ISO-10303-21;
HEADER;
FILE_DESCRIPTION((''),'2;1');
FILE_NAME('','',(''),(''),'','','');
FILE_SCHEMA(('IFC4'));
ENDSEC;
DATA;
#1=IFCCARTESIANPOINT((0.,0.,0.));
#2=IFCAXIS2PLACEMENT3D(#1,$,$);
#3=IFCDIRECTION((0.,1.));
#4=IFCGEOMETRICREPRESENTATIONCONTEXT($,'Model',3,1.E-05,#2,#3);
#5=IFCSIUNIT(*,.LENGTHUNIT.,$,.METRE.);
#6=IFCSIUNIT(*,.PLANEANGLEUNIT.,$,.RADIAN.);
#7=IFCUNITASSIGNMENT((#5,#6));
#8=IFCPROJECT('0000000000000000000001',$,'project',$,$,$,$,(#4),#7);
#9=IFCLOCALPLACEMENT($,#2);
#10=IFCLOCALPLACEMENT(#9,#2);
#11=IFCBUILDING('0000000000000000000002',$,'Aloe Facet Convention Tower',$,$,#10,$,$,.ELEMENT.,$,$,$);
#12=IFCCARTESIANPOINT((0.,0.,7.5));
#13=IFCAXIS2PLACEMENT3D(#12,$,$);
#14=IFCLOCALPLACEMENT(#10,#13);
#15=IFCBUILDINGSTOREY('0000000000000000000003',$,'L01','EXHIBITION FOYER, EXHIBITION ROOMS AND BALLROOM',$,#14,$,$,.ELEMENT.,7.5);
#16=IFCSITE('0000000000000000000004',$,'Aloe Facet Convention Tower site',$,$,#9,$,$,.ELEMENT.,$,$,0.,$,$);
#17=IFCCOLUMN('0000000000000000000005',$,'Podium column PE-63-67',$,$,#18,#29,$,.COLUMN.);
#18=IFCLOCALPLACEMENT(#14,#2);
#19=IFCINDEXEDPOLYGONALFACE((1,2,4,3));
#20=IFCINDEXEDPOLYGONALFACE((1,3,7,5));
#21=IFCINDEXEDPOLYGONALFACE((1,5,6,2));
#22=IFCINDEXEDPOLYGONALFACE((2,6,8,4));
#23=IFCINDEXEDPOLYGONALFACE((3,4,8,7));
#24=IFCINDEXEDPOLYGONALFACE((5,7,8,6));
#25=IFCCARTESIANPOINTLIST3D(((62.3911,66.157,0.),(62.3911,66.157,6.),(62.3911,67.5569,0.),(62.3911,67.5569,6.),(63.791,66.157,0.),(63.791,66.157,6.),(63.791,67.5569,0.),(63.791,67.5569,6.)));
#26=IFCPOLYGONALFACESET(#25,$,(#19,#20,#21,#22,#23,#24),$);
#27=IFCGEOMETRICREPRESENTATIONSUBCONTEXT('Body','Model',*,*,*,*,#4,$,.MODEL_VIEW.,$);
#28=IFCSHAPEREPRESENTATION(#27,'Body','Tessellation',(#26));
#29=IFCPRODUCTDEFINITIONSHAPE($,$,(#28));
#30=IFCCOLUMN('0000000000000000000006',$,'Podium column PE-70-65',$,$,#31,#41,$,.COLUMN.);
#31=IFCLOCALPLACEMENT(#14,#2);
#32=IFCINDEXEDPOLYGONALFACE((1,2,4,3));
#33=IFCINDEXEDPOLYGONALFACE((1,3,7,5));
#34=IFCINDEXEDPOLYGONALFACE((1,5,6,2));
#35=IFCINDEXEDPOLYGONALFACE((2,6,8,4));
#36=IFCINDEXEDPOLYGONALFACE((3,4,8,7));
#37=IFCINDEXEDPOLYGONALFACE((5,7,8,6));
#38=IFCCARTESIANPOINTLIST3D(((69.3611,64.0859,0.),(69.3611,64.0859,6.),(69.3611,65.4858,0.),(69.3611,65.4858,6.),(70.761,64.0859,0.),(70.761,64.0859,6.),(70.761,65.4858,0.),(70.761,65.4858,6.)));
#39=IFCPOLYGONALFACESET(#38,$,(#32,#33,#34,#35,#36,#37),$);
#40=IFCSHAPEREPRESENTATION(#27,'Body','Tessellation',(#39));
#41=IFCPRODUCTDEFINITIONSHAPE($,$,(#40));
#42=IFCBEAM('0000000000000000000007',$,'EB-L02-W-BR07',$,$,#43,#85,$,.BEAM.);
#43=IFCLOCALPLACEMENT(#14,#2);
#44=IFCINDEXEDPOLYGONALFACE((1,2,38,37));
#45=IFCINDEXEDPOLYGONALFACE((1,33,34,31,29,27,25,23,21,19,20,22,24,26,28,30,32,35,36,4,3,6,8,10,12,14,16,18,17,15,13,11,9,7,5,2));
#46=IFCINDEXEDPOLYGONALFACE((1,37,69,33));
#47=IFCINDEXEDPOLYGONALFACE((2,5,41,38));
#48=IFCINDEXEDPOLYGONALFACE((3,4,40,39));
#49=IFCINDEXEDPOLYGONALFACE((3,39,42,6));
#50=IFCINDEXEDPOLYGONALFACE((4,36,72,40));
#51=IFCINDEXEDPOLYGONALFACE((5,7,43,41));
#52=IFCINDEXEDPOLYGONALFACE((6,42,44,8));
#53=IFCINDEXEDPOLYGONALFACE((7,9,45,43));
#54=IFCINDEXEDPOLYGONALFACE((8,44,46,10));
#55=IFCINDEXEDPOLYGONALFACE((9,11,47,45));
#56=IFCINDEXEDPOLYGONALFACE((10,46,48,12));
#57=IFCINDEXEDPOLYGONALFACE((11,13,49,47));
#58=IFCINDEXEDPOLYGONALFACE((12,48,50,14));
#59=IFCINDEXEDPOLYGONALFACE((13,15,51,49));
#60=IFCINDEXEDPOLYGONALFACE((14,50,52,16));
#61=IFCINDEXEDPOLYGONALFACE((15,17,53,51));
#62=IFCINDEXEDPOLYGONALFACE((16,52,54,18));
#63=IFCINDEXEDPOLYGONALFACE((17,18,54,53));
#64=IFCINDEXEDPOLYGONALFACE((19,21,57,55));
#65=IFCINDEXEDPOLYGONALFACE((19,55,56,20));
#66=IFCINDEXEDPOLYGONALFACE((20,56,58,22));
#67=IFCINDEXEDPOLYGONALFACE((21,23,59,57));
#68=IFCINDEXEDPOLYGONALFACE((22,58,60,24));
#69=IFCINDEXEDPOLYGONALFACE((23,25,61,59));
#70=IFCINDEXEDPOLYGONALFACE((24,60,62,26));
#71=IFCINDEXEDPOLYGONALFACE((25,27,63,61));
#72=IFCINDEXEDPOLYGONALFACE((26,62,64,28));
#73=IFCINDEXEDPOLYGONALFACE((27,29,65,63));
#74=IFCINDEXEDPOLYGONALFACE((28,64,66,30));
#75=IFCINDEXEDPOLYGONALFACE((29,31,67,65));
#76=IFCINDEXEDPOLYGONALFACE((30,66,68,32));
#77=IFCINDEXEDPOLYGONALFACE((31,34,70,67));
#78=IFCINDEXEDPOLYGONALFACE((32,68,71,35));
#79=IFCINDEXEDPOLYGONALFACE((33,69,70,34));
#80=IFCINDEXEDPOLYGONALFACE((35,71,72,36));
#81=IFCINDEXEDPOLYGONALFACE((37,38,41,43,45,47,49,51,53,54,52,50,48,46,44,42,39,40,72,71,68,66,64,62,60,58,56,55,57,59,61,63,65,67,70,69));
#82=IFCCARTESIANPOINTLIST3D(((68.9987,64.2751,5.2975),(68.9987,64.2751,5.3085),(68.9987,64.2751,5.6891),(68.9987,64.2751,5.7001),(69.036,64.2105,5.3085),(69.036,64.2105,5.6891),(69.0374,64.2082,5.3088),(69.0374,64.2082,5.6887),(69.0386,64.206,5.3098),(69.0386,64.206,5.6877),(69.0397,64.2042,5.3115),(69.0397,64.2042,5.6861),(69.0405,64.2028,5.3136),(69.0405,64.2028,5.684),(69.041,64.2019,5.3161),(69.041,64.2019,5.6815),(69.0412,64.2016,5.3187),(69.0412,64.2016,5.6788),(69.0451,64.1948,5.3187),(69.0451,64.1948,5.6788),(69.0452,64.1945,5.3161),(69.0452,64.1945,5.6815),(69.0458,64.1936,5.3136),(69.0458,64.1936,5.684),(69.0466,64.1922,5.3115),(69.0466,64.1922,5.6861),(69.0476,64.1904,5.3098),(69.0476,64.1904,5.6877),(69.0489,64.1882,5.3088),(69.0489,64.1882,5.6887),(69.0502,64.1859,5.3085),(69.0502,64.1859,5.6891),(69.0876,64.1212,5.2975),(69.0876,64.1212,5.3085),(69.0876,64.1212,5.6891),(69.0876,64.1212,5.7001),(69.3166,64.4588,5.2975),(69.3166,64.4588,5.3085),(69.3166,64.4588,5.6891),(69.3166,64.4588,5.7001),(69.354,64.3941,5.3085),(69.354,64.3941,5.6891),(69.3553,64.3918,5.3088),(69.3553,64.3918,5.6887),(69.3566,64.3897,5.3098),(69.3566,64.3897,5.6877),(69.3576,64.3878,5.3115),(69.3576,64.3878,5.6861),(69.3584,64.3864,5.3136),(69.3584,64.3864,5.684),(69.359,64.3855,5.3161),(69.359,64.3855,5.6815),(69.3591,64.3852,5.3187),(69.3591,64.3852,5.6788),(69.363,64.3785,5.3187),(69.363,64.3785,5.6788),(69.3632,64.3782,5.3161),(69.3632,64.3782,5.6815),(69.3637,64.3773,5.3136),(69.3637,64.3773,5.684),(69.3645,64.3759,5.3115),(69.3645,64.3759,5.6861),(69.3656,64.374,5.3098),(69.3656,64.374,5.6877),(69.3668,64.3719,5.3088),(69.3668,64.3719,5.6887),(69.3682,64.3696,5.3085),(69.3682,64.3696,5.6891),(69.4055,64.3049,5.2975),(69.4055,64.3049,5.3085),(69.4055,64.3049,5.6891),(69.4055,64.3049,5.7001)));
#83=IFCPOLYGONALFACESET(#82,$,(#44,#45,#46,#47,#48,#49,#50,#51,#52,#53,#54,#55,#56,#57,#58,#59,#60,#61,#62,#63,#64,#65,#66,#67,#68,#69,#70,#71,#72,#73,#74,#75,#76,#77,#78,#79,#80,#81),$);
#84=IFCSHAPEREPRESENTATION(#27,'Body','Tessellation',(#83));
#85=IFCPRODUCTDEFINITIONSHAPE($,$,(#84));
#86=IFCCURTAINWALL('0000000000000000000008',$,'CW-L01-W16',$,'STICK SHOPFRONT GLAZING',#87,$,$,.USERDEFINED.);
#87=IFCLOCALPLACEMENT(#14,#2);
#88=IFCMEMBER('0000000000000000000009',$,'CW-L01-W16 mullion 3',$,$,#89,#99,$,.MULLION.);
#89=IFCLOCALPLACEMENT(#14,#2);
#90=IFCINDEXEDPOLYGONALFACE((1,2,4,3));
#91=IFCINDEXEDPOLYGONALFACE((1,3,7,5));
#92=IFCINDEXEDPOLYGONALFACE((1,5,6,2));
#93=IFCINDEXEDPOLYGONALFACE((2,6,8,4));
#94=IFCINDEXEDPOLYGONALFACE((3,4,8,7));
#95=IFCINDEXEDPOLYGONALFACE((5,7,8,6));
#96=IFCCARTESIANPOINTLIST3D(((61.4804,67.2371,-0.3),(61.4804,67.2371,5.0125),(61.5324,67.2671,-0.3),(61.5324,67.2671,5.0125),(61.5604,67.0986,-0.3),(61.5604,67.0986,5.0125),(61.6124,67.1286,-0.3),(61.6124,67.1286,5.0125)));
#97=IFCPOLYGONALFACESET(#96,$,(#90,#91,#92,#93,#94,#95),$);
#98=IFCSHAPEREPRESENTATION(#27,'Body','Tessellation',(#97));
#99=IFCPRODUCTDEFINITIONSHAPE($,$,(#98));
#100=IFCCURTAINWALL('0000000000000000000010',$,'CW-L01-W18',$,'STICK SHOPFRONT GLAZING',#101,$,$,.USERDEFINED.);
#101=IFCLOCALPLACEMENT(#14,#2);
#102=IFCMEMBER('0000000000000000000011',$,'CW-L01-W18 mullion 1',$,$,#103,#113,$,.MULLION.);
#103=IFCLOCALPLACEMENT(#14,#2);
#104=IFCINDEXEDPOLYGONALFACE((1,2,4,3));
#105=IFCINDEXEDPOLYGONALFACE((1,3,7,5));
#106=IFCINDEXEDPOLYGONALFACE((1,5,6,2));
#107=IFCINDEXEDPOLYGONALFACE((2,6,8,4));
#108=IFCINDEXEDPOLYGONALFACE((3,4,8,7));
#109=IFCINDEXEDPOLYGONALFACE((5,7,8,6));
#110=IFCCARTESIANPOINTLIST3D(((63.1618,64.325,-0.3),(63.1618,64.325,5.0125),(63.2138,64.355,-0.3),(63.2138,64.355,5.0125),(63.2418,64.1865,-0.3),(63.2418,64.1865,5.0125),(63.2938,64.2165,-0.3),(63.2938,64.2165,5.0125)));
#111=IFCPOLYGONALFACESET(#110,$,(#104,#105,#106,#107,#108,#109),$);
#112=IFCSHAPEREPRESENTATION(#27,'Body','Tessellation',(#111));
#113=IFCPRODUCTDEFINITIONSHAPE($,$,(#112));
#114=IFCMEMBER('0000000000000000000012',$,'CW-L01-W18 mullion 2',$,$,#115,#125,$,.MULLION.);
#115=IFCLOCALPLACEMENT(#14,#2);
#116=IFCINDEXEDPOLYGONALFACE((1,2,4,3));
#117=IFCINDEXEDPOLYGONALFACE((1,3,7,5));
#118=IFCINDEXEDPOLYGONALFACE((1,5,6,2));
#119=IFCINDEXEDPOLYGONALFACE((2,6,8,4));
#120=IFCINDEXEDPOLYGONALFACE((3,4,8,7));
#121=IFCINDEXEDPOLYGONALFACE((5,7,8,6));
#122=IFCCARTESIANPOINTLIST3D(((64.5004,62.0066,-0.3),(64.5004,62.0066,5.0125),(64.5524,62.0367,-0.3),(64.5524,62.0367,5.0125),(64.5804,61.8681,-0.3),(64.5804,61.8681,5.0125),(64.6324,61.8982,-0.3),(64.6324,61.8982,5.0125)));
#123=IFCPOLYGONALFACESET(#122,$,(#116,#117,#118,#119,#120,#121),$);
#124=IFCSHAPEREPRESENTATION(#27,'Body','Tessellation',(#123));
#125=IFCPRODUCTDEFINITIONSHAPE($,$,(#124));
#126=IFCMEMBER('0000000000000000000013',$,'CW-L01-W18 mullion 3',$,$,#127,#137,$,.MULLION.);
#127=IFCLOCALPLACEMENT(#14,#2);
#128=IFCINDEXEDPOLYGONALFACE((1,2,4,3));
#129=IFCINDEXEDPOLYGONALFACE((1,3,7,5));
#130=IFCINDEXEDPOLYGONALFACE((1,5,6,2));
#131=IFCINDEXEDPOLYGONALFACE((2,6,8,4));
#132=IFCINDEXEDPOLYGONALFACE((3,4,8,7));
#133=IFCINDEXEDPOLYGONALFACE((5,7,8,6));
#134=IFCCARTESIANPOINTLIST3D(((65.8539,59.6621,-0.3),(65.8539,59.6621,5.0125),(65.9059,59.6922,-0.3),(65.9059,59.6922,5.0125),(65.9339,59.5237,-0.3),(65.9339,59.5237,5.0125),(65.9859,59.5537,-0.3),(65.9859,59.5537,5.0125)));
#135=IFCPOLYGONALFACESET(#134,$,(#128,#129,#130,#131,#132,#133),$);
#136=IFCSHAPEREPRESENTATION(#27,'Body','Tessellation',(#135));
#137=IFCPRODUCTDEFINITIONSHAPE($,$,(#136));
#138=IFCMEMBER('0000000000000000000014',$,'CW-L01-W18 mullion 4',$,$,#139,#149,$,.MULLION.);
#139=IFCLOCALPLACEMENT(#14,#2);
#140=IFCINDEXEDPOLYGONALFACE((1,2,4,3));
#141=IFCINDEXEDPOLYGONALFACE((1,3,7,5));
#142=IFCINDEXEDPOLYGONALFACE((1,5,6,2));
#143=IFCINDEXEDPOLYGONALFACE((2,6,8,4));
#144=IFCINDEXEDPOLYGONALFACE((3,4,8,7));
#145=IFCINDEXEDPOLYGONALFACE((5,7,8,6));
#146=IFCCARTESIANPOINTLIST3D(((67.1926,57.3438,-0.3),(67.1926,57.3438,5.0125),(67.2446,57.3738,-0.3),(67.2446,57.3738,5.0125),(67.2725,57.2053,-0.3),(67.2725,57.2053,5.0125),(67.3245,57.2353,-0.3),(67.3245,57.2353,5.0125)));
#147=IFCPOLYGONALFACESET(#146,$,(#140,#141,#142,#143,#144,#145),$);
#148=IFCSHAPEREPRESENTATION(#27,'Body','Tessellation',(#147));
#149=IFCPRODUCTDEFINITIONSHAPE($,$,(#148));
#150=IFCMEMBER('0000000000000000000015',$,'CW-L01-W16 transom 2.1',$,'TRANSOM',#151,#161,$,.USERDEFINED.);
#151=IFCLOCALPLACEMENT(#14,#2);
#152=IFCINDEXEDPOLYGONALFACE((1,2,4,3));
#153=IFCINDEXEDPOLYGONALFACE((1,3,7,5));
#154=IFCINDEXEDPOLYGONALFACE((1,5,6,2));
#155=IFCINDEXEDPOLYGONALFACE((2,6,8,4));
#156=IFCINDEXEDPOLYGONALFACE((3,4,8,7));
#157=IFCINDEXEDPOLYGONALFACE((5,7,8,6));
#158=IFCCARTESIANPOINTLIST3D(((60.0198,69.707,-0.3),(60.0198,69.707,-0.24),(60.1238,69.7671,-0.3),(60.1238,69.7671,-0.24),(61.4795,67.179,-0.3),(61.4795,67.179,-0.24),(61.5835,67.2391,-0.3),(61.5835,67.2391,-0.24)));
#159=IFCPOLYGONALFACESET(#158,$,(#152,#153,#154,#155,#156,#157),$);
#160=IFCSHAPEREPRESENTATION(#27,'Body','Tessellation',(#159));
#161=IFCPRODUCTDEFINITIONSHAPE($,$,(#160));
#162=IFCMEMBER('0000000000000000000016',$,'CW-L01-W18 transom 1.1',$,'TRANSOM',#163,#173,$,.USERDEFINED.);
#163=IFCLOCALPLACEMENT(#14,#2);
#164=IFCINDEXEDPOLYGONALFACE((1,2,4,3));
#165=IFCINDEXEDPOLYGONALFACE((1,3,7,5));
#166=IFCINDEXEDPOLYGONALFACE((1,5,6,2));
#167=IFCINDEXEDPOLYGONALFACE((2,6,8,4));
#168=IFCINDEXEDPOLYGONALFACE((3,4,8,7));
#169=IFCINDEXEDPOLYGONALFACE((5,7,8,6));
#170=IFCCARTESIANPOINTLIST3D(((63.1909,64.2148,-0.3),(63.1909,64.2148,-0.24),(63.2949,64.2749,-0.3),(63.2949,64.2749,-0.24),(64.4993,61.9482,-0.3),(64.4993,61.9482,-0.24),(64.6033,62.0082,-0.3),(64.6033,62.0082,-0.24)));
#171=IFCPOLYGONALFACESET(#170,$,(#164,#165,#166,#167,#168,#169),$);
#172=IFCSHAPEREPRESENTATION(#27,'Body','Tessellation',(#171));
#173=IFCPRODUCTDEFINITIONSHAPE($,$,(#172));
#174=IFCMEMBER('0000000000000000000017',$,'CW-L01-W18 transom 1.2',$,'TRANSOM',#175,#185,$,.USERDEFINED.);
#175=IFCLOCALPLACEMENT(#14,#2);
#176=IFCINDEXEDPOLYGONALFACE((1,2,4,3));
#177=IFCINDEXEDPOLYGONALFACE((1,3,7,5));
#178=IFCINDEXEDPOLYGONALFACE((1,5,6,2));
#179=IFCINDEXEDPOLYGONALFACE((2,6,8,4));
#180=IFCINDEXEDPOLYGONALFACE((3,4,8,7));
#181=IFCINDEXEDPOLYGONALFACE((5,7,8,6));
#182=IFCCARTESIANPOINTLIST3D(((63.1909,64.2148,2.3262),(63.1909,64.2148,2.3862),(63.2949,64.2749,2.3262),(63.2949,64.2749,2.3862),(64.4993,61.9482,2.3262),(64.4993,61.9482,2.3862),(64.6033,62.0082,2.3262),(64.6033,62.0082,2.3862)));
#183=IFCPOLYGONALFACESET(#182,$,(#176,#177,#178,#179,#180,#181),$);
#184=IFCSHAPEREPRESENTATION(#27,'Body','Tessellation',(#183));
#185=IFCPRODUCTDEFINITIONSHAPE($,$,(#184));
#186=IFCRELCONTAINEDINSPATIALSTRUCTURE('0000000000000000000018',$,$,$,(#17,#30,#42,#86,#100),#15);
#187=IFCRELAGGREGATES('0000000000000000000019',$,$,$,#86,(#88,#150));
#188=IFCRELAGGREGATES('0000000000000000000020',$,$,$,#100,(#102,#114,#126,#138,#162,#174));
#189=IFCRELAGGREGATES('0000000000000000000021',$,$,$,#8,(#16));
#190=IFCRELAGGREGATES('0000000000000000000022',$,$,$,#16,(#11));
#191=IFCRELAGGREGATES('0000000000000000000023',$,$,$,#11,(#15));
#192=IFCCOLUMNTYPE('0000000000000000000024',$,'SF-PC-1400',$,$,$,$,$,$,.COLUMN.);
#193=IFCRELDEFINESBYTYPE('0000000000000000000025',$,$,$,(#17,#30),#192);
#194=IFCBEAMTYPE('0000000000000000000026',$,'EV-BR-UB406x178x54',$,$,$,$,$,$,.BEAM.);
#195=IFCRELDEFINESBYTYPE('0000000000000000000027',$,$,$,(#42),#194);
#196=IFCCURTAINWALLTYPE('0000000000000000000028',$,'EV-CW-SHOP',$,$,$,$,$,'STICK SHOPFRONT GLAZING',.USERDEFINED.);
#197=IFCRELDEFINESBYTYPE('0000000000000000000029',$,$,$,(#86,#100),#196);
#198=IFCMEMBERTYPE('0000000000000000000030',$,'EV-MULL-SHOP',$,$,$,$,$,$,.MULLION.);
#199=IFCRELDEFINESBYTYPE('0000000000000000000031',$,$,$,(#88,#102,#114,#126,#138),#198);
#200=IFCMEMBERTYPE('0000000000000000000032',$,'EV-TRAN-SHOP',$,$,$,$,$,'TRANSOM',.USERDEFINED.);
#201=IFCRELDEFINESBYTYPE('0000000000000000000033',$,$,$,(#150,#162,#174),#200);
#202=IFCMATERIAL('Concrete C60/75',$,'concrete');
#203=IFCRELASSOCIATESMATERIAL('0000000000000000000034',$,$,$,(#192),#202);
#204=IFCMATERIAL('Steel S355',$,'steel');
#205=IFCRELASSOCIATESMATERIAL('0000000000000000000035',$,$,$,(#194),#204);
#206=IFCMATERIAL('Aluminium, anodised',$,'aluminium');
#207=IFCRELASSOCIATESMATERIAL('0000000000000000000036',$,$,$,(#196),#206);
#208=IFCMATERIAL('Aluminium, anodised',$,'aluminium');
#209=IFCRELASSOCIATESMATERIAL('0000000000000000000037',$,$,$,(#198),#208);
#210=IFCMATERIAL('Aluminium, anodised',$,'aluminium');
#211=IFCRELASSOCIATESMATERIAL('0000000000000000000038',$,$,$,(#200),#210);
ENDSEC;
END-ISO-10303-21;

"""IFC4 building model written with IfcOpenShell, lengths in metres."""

from ifc_helpers import new_model, si_unit, direction, frame, origin, origin_2d, place, context, subcontext, project, spatial, rectangle, i_section, extrude, material, material_profile, profile_set, type_object, element, aggregate, save


model = new_model("IFC4")

# Units and contexts
model_context = context("Model", 3, precision=1e-05, world=origin(), true_north=direction((0.0, 1.0)))
body_context = subcontext(model_context, "Body", "Model", "MODEL_VIEW")
ifc_project = project(units=[si_unit("LENGTHUNIT", "METRE"), si_unit("PLANEANGLEUNIT", "RADIAN")], contexts=[model_context])

# Site, building, storey
site_placement = place(None, origin())
site = spatial("IfcSite", under=ifc_project, at=site_placement, Name="Aloe Facet Convention Tower site", CompositionType="ELEMENT", RefElevation=0.0)
building_placement = place(site_placement, origin())
building = spatial("IfcBuilding", under=site, at=building_placement, Name="Aloe Facet Convention Tower", CompositionType="ELEMENT")
storey_placement = place(building_placement, frame((0.0, 0.0, 7.5)))
storey = spatial("IfcBuildingStorey", under=building, at=storey_placement, Name="L01", Description="EXHIBITION FOYER, EXHIBITION ROOMS AND BALLROOM", CompositionType="ELEMENT", Elevation=7.5)

# Columns
ifc_material_1 = material(Name="Concrete C60/75", Category="concrete")
ifc_material_profile_1 = material_profile(ifc_material_1, rectangle(XDim=1.3999, YDim=1.3999, at=origin_2d()), Name="SF-PC-1400")
ifc_profile_set_1 = profile_set([ifc_material_profile_1], Name="Concrete C60/75")
column_type = type_object("IfcColumnType", Name="SF-PC-1400", PredefinedType="COLUMN", material=ifc_profile_set_1)
for number, where, z_axis, x_axis, name in (
    (1, (63.0911, 66.8569, 0.0), (0.0, 0.0, 1.0), (1.0, 0.0, 0.0), "Podium column PE-63-67"),
    (2, (70.061, 64.7859, 0.0), (0.0, 0.0, 1.0), (1.0, 0.0, 0.0), "Podium column PE-70-65"),
):
    element("IfcColumn", number, at=place(storey_placement, frame(where, z_axis=z_axis, x_axis=x_axis)), inside=storey, type_object=column_type, Name=name, PredefinedType="COLUMN", context=body_context, shape_type="SweptSolid", body=[
        extrude(rectangle(XDim=1.3999, YDim=1.3999, at=origin_2d()), origin(), (0.0, 0.0, 1.0), 6.0),
    ])

# Beam
ifc_material_2 = material(Name="Steel S355", Category="steel")
ifc_material_profile_2 = material_profile(ifc_material_2, i_section(OverallWidth=0.1777, OverallDepth=0.4026, WebThickness=0.0078, FlangeThickness=0.011, FilletRadius=0.0103, at=origin_2d()), Name="UB 406x178x54")
ifc_profile_set_2 = profile_set([ifc_material_profile_2], Name="Steel S355")
beam_type_1 = type_object("IfcBeamType", Name="EV-BR-UB406x178x54", PredefinedType="BEAM", material=ifc_profile_set_2)
beam_1_placement = place(storey_placement, frame((69.3611, 64.3818, 5.4988), z_axis=(-0.865942, -0.500145, 0.0), x_axis=(0.500145, -0.865942, 0.0)))
element("IfcBeam", 3, at=beam_1_placement, inside=storey, type_object=beam_type_1, Name="EB-L02-W-BR07", PredefinedType="BEAM", context=body_context, shape_type="SweptSolid", body=[
    extrude(i_section(OverallWidth=0.1777, OverallDepth=0.4026, WebThickness=0.0078, FlangeThickness=0.011, FilletRadius=0.0103, at=origin_2d()), origin(), (0.0, 0.0, 1.0), 0.3672),
])

# Curtain wall, member
ifc_material_3 = material(Name="Aluminium, anodised", Category="aluminium")
curtain_wall_type = type_object("IfcCurtainWallType", Name="EV-CW-SHOP", ElementType="STICK SHOPFRONT GLAZING", PredefinedType="USERDEFINED", material=ifc_material_3)
curtain_wall_1_placement = place(storey_placement, origin())
curtain_wall_1 = element("IfcCurtainWall", 4, at=curtain_wall_1_placement, inside=storey, type_object=curtain_wall_type, Name="CW-L01-W16", ObjectType="STICK SHOPFRONT GLAZING", PredefinedType="USERDEFINED")
ifc_material_4 = material(Name="Aluminium, anodised", Category="aluminium")
ifc_material_profile_3 = material_profile(ifc_material_4, rectangle(XDim=0.0601, YDim=0.1599, at=origin_2d()), Name="AL 60x160")
ifc_profile_set_3 = profile_set([ifc_material_profile_3], Name="Aluminium, anodised")
member_type_1 = type_object("IfcMemberType", Name="EV-MULL-SHOP", PredefinedType="MULLION", material=ifc_profile_set_3)
member_1_placement = place(storey_placement, frame((61.5464, 67.1829, -0.3), z_axis=(0.0, 0.0, 1.0), x_axis=(0.866025, 0.5, 0.0)))
member_1 = element("IfcMember", 5, at=member_1_placement, type_object=member_type_1, Name="CW-L01-W16 mullion 3", PredefinedType="MULLION", context=body_context, shape_type="SweptSolid", body=[
    extrude(rectangle(XDim=0.0601, YDim=0.1599, at=origin_2d()), origin(), (0.0, 0.0, 1.0), 5.3125),
])

# Curtain wall, members
curtain_wall_2_placement = place(storey_placement, origin())
curtain_wall_2 = element("IfcCurtainWall", 6, at=curtain_wall_2_placement, inside=storey, type_object=curtain_wall_type, Name="CW-L01-W18", ObjectType="STICK SHOPFRONT GLAZING", PredefinedType="USERDEFINED")
member_2_placement = place(storey_placement, frame((63.2278, 64.2708, -0.3), z_axis=(0.0, 0.0, 1.0), x_axis=(0.866025, 0.5, 0.0)))
member_2 = element("IfcMember", 7, at=member_2_placement, type_object=member_type_1, Name="CW-L01-W18 mullion 1", PredefinedType="MULLION", context=body_context, shape_type="SweptSolid", body=[
    extrude(rectangle(XDim=0.0601, YDim=0.1599, at=origin_2d()), origin(), (0.0, 0.0, 1.0), 5.3125),
])
member_3_placement = place(storey_placement, frame((64.5664, 61.9524, -0.3), z_axis=(0.0, 0.0, 1.0), x_axis=(0.866025, 0.5, 0.0)))
member_3 = element("IfcMember", 8, at=member_3_placement, type_object=member_type_1, Name="CW-L01-W18 mullion 2", PredefinedType="MULLION", context=body_context, shape_type="SweptSolid", body=[
    extrude(rectangle(XDim=0.0601, YDim=0.1599, at=origin_2d()), origin(), (0.0, 0.0, 1.0), 5.3125),
])
member_4_placement = place(storey_placement, frame((65.9199, 59.6079, -0.3), z_axis=(0.0, 0.0, 1.0), x_axis=(0.866025, 0.5, 0.0)))
member_4 = element("IfcMember", 9, at=member_4_placement, type_object=member_type_1, Name="CW-L01-W18 mullion 3", PredefinedType="MULLION", context=body_context, shape_type="SweptSolid", body=[
    extrude(rectangle(XDim=0.0601, YDim=0.1599, at=origin_2d()), origin(), (0.0, 0.0, 1.0), 5.3125),
])
member_5_placement = place(storey_placement, frame((67.2585, 57.2896, -0.3), z_axis=(0.0, 0.0, 1.0), x_axis=(0.866025, 0.5, 0.0)))
member_5 = element("IfcMember", 10, at=member_5_placement, type_object=member_type_1, Name="CW-L01-W18 mullion 4", PredefinedType="MULLION", context=body_context, shape_type="SweptSolid", body=[
    extrude(rectangle(XDim=0.0601, YDim=0.1599, at=origin_2d()), origin(), (0.0, 0.0, 1.0), 5.3125),
])

# Members
ifc_material_5 = material(Name="Aluminium, anodised", Category="aluminium")
ifc_material_profile_4 = material_profile(ifc_material_5, rectangle(XDim=0.1201, YDim=0.0601, at=origin_2d()), Name="AL 120x60")
ifc_profile_set_4 = profile_set([ifc_material_profile_4], Name="Aluminium, anodised")
member_type_2 = type_object("IfcMemberType", Name="EV-TRAN-SHOP", ElementType="TRANSOM", PredefinedType="USERDEFINED", material=ifc_profile_set_4)
member_6_placement = place(storey_placement, frame((60.0718, 69.7371, -0.27), z_axis=(0.500034, -0.866006, 0.0), x_axis=(0.866006, 0.500034, 0.0)))
member_6 = element("IfcMember", 11, at=member_6_placement, type_object=member_type_2, Name="CW-L01-W16 transom 2.1", ObjectType="TRANSOM", PredefinedType="USERDEFINED", context=body_context, shape_type="SweptSolid", body=[
    extrude(rectangle(XDim=0.1201, YDim=0.0601, at=origin_2d()), origin(), (0.0, 0.0, 1.0), 2.9192),
])
member_7_placement = place(storey_placement, frame((63.2429, 64.2449, -0.27), z_axis=(0.499922, -0.866071, 0.0), x_axis=(0.866071, 0.499922, 0.0)))
member_7 = element("IfcMember", 12, at=member_7_placement, type_object=member_type_2, Name="CW-L01-W18 transom 1.1", ObjectType="TRANSOM", PredefinedType="USERDEFINED", context=body_context, shape_type="SweptSolid", body=[
    extrude(rectangle(XDim=0.1201, YDim=0.0601, at=origin_2d()), origin(), (0.0, 0.0, 1.0), 2.6172),
])
member_8_placement = place(storey_placement, frame((63.2429, 64.2449, 2.3562), z_axis=(0.499922, -0.866071, 0.0), x_axis=(0.866071, 0.499922, 0.0)))
member_8 = element("IfcMember", 13, at=member_8_placement, type_object=member_type_2, Name="CW-L01-W18 transom 1.2", ObjectType="TRANSOM", PredefinedType="USERDEFINED", context=body_context, shape_type="SweptSolid", body=[
    extrude(rectangle(XDim=0.1201, YDim=0.0601, at=origin_2d()), origin(), (0.0, 0.0, 1.0), 2.6172),
])

aggregate(curtain_wall_1, [member_1, member_6])
aggregate(curtain_wall_2, [member_2, member_3, member_4, member_5, member_7, member_8])

save(model, "model.ifc")
